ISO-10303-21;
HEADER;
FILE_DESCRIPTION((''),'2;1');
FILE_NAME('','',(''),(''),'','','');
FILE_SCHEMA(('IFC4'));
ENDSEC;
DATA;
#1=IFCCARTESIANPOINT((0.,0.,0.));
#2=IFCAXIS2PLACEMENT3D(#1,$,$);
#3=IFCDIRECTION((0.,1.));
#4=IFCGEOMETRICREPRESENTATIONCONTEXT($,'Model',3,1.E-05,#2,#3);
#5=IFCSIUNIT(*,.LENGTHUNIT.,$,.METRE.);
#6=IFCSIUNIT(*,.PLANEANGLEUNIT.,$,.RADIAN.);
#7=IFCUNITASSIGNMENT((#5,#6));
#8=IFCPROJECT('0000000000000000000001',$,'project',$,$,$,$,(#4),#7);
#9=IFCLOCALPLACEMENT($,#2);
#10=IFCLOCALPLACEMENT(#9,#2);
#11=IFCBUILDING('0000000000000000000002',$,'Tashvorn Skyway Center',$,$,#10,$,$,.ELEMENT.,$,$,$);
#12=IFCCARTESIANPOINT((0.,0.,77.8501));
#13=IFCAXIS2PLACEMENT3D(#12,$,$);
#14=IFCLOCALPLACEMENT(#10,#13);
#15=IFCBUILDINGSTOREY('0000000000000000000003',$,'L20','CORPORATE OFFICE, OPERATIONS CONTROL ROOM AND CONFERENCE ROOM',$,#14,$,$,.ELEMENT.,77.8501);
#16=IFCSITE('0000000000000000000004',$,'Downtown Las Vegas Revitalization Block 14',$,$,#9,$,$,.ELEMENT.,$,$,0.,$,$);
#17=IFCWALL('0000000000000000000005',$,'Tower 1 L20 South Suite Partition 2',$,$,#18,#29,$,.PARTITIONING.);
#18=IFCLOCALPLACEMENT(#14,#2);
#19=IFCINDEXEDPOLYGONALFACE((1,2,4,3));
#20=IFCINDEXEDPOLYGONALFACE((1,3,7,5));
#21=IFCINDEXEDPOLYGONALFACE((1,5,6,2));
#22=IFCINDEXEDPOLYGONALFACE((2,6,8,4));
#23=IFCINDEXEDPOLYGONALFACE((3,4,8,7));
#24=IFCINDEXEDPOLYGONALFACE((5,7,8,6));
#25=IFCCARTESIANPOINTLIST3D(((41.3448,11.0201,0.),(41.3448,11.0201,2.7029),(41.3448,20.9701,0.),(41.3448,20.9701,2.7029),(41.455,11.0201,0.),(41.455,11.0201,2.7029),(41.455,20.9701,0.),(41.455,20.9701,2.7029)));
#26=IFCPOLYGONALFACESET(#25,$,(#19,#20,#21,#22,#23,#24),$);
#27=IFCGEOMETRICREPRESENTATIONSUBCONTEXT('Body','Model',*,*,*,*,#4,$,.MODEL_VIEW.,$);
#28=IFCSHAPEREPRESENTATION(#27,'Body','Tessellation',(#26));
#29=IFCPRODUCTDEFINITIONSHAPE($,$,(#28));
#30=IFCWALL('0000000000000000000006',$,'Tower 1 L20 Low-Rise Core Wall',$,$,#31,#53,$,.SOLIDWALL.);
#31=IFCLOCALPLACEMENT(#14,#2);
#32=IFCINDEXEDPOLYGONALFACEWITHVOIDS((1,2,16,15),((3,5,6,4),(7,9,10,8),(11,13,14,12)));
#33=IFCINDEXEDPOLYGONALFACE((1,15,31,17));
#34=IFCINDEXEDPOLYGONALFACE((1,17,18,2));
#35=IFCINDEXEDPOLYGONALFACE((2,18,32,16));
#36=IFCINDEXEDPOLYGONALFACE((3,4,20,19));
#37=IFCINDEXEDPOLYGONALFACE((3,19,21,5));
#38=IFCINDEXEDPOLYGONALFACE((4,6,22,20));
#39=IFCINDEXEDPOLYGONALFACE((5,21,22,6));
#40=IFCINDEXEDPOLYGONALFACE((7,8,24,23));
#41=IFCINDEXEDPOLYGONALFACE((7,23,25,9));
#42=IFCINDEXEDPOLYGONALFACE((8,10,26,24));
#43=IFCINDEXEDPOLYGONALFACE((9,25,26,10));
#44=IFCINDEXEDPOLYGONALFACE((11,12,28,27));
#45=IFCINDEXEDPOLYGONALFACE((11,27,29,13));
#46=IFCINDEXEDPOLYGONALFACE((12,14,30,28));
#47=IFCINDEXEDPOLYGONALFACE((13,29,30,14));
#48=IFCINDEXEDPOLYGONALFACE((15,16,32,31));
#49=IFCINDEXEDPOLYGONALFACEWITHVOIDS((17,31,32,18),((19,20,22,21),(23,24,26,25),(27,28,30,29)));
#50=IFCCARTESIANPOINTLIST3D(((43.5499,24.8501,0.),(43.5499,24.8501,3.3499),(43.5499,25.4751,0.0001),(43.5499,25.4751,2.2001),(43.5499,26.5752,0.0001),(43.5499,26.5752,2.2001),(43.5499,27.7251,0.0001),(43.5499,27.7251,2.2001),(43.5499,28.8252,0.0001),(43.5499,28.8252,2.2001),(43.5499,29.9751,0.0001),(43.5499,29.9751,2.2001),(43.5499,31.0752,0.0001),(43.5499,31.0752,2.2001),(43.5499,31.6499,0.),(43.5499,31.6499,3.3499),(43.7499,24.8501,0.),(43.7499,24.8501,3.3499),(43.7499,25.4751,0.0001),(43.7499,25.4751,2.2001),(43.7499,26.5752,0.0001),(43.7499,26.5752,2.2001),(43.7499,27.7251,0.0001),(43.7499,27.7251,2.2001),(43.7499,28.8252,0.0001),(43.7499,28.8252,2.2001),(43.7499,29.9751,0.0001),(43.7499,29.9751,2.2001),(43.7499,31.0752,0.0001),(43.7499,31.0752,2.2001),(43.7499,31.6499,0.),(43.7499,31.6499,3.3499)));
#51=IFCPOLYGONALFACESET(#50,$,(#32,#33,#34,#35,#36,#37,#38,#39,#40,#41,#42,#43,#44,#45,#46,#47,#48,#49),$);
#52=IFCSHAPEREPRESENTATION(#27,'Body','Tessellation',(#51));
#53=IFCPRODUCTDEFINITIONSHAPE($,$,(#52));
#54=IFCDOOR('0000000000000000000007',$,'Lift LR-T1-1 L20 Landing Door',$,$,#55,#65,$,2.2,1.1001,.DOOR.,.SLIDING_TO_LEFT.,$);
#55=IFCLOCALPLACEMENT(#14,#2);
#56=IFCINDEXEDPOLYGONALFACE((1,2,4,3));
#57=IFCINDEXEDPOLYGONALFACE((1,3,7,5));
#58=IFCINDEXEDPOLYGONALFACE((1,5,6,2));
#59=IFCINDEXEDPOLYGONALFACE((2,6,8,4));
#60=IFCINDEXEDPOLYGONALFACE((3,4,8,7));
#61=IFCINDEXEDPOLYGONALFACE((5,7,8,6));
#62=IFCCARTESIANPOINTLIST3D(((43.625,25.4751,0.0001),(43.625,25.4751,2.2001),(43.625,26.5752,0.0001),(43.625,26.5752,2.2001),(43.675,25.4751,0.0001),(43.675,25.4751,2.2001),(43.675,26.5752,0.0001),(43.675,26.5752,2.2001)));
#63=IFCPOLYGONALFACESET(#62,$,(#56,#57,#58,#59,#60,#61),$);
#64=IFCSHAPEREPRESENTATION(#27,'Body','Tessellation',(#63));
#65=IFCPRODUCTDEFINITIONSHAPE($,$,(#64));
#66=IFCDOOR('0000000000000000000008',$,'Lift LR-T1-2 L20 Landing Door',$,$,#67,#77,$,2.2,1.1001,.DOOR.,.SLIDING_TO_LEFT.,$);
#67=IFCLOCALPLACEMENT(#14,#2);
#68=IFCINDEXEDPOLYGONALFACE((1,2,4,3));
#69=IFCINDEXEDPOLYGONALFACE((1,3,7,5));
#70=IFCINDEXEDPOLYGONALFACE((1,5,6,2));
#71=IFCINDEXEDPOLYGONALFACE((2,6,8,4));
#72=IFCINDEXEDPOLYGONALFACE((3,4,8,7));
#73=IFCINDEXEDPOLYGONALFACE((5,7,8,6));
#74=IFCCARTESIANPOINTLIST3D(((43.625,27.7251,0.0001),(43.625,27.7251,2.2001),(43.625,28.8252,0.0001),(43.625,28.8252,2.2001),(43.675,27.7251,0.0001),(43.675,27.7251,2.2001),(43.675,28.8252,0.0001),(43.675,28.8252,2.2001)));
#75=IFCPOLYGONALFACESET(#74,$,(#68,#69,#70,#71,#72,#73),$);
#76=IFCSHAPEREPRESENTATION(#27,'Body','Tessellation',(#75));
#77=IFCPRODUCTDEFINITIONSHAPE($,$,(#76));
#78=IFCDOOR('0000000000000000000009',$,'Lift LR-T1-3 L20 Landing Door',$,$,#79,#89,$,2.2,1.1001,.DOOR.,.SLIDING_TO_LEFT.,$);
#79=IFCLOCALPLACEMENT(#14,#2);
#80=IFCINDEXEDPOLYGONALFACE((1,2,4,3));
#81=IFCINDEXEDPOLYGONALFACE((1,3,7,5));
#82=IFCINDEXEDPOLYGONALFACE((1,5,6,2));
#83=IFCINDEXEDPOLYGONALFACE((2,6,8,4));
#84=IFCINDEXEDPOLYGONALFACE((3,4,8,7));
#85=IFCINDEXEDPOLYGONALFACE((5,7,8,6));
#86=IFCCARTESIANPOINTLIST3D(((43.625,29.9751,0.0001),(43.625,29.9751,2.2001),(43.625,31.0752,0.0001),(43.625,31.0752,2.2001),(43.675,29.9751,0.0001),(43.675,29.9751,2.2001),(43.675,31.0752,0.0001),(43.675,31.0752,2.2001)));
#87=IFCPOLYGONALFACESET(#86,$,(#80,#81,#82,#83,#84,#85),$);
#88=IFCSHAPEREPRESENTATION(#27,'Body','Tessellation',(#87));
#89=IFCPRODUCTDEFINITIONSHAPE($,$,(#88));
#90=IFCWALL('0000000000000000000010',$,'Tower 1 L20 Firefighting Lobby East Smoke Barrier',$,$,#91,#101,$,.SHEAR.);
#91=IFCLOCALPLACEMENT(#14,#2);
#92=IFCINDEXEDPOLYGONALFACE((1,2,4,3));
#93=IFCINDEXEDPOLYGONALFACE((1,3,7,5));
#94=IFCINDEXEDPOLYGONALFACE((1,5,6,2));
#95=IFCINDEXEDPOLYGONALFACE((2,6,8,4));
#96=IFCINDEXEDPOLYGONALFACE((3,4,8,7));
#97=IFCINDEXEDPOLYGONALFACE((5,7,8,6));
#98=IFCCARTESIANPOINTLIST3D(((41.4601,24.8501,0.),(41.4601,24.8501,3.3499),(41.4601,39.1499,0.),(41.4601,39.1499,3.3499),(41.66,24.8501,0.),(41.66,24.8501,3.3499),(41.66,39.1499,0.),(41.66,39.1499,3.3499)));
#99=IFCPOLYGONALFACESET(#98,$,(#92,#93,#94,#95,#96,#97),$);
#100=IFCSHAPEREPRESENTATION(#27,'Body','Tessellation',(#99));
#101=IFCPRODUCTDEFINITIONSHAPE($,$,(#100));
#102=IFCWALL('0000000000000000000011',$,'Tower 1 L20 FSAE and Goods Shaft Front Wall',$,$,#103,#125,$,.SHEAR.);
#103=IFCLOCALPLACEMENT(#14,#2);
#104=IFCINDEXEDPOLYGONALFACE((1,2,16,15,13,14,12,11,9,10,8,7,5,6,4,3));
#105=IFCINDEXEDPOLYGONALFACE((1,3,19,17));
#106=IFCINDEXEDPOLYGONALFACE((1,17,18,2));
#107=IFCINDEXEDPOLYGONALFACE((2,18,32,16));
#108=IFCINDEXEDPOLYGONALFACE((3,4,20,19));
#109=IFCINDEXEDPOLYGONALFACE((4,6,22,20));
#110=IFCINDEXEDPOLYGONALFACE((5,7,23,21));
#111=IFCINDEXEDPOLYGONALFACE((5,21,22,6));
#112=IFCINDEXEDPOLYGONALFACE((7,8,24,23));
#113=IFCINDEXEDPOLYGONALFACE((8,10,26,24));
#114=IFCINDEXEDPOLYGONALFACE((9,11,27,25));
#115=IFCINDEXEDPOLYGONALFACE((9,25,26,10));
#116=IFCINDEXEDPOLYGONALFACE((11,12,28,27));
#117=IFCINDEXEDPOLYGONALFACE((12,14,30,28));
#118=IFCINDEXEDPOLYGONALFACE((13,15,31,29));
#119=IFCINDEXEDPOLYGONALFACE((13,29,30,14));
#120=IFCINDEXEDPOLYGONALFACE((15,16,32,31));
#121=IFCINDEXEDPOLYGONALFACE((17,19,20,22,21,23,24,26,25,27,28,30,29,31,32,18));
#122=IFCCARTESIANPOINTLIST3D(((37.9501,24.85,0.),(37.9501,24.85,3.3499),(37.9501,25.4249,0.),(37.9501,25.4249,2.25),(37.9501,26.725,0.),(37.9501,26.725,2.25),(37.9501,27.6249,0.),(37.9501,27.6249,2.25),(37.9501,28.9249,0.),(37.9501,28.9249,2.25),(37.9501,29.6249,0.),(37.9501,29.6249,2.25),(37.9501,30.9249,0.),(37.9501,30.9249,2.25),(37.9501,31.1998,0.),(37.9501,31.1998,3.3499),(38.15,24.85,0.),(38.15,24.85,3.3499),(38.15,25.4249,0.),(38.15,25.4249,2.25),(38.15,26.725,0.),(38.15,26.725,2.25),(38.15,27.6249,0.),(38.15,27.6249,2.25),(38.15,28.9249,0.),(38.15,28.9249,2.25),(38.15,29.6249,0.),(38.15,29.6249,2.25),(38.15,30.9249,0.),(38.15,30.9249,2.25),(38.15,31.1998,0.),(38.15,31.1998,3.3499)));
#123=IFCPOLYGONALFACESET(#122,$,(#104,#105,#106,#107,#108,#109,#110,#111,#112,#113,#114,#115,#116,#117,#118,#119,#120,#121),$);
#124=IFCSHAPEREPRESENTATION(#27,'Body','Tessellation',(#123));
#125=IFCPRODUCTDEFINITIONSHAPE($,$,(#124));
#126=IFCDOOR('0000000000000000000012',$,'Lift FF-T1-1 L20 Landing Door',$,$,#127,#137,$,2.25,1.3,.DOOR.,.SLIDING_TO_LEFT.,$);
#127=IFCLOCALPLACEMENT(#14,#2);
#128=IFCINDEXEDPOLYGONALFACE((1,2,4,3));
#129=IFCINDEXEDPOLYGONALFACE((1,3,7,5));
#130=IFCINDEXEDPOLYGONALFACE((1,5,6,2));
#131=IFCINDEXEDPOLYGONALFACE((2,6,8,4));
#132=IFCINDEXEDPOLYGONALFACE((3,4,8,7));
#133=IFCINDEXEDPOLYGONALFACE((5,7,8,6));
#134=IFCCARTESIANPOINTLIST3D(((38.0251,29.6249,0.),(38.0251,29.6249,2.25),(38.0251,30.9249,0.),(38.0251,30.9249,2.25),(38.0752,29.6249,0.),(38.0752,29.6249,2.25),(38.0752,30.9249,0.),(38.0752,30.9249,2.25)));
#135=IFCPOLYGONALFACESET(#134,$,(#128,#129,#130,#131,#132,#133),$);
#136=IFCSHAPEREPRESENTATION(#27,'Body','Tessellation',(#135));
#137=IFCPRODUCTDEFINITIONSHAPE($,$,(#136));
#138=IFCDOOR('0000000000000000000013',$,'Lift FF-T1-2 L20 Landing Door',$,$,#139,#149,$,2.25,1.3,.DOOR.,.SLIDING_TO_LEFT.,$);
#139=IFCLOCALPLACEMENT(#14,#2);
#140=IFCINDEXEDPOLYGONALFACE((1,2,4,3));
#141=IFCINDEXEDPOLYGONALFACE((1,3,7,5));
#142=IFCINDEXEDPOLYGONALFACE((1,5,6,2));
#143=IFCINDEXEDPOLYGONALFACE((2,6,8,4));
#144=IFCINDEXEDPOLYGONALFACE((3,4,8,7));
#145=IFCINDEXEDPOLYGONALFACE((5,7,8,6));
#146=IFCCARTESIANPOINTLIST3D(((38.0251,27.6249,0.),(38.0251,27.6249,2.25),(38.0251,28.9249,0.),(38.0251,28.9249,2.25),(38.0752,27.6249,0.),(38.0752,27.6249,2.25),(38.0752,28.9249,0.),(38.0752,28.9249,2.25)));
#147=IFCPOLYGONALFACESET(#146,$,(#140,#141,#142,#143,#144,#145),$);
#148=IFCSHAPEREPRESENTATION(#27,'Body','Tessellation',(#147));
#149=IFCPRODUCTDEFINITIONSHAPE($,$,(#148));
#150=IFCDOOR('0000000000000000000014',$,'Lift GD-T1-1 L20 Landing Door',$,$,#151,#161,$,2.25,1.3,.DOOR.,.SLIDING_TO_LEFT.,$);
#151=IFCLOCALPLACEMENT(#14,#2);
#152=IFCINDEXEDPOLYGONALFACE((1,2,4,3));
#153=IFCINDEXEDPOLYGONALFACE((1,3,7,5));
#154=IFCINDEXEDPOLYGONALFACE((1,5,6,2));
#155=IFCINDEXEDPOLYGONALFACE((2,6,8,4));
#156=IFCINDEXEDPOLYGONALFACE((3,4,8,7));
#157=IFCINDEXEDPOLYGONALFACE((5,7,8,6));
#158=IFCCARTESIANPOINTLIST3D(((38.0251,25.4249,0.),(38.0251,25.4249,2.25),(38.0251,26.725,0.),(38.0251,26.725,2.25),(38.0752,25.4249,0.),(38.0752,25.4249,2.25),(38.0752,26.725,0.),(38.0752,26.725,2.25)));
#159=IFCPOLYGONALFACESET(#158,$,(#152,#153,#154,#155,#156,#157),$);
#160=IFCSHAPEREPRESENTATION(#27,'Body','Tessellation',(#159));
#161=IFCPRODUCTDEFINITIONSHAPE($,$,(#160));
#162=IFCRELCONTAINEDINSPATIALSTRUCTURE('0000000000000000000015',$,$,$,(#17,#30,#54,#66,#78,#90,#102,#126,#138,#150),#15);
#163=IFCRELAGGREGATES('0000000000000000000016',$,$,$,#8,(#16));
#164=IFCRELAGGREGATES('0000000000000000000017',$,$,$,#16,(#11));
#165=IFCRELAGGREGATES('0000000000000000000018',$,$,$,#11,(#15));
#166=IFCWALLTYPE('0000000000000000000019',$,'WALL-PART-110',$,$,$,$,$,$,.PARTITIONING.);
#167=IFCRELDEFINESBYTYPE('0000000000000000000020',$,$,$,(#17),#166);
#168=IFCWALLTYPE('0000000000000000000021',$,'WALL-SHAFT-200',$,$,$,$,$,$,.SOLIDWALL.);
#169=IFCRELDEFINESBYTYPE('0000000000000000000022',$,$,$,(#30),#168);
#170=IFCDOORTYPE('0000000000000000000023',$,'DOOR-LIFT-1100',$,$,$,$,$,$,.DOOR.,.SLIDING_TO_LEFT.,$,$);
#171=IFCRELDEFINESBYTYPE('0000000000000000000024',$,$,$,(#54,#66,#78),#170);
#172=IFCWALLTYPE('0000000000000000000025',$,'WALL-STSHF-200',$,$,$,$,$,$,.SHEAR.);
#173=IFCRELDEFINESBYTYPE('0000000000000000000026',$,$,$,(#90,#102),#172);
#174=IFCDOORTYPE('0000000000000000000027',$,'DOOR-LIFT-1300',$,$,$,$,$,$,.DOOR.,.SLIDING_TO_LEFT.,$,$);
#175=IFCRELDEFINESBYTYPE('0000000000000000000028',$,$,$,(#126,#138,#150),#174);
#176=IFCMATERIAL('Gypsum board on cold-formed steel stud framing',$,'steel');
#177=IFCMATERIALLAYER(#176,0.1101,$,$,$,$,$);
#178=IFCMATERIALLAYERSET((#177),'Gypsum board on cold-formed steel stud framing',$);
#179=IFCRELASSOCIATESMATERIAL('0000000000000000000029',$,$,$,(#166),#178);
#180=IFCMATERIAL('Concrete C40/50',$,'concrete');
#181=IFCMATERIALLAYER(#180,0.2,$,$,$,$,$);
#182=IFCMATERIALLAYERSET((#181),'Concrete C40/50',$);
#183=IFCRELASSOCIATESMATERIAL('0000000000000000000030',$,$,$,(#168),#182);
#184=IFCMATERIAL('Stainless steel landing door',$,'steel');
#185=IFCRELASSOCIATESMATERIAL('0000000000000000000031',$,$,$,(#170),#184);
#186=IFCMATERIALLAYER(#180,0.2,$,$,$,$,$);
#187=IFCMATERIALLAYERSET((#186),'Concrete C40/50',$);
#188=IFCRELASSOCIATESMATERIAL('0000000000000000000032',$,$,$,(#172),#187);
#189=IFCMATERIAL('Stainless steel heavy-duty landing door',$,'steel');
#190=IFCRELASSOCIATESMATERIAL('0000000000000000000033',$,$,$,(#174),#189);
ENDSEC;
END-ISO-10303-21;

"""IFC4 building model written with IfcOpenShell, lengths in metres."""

from ifc_helpers import new_model, si_unit, direction, frame, frame_2d, origin, place, context, subcontext, project, spatial, rectangle, extrude, material, layer, layer_set, type_object, element, fill, save


model = new_model("IFC4")

# Units and contexts
model_context = context("Model", 3, precision=1e-05, world=origin(), true_north=direction((0.0, 1.0)))
body_context = subcontext(model_context, "Body", "Model", "MODEL_VIEW")
ifc_project = project(units=[si_unit("LENGTHUNIT", "METRE"), si_unit("PLANEANGLEUNIT", "RADIAN")], contexts=[model_context])

# Site, building, storey
site_placement = place(None, origin())
site = spatial("IfcSite", under=ifc_project, at=site_placement, Name="Downtown Las Vegas Revitalization Block 14", CompositionType="ELEMENT", RefElevation=0.0)
building_placement = place(site_placement, origin())
building = spatial("IfcBuilding", under=site, at=building_placement, Name="Tashvorn Skyway Center", CompositionType="ELEMENT")
storey_placement = place(building_placement, frame((0.0, 0.0, 77.8501)))
storey = spatial("IfcBuildingStorey", under=building, at=storey_placement, Name="L20", Description="CORPORATE OFFICE, OPERATIONS CONTROL ROOM AND CONFERENCE ROOM", CompositionType="ELEMENT", Elevation=77.8501)

# Wall
ifc_material_1 = material(Name="Gypsum board on cold-formed steel stud framing", Category="steel")
ifc_layer_1 = layer(ifc_material_1, 0.1101)
ifc_layer_set_1 = layer_set([ifc_layer_1], Name="Gypsum board on cold-formed steel stud framing")
wall_type_1 = type_object("IfcWallType", Name="WALL-PART-110", PredefinedType="PARTITIONING", material=ifc_layer_set_1)
wall_1_placement = place(storey_placement, frame((41.3999, 11.02, 0.0), z_axis=(0.0, 0.0, 1.0), x_axis=(0.0, 1.0, 0.0)))
element("IfcWall", 1, at=wall_1_placement, inside=storey, type_object=wall_type_1, Name="Tower 1 L20 South Suite Partition 2", PredefinedType="PARTITIONING", context=body_context, shape_type="SweptSolid", body=[
    extrude(rectangle(XDim=9.95, YDim=0.1101, at=frame_2d((4.9751, 0.0))), origin(), (0.0, 0.0, 1.0), 2.7029),
])

# Wall, openings, doors
ifc_material_2 = material(Name="Concrete C40/50", Category="concrete")
ifc_layer_2 = layer(ifc_material_2, 0.2)
ifc_layer_set_2 = layer_set([ifc_layer_2], Name="Concrete C40/50")
wall_type_2 = type_object("IfcWallType", Name="WALL-SHAFT-200", PredefinedType="SOLIDWALL", material=ifc_layer_set_2)
wall_2_placement = place(storey_placement, frame((43.6499, 24.8501, 0.0), z_axis=(0.0, 0.0, 1.0), x_axis=(0.0, 1.0, 0.0)))
wall_2 = element("IfcWall", 2, at=wall_2_placement, inside=storey, type_object=wall_type_2, Name="Tower 1 L20 Low-Rise Core Wall", PredefinedType="SOLIDWALL", context=body_context, shape_type="SweptSolid", body=[
    extrude(rectangle(XDim=6.7998, YDim=0.2, at=frame_2d((3.3999, 0.0))), origin(), (0.0, 0.0, 1.0), 3.3499),
])
opening_1_placement = place(wall_2_placement, frame((0.625, 0.0, 0.0)))
opening_1 = element("IfcOpeningElement", 3, at=opening_1_placement, cuts=wall_2, PredefinedType="OPENING", context=body_context, shape_type="SweptSolid", body=[
    extrude(rectangle(XDim=1.1001, YDim=2.2, at=frame_2d((0.55, 1.1001))), frame((0.0, 0.1099, 0.0), z_axis=(0.0, -1.0, 0.0), x_axis=(1.0, 0.0, 0.0)), (0.0, 0.0, 1.0), 0.22),
])
opening_2_placement = place(wall_2_placement, frame((2.875, 0.0, 0.0)))
opening_2 = element("IfcOpeningElement", 4, at=opening_2_placement, cuts=wall_2, PredefinedType="OPENING", context=body_context, shape_type="SweptSolid", body=[
    extrude(rectangle(XDim=1.1001, YDim=2.2, at=frame_2d((0.55, 1.1001))), frame((0.0, 0.1099, 0.0), z_axis=(0.0, -1.0, 0.0), x_axis=(1.0, 0.0, 0.0)), (0.0, 0.0, 1.0), 0.22),
])
opening_3_placement = place(wall_2_placement, frame((5.125, 0.0, 0.0)))
opening_3 = element("IfcOpeningElement", 5, at=opening_3_placement, cuts=wall_2, PredefinedType="OPENING", context=body_context, shape_type="SweptSolid", body=[
    extrude(rectangle(XDim=1.1001, YDim=2.2, at=frame_2d((0.55, 1.1001))), frame((0.0, 0.1099, 0.0), z_axis=(0.0, -1.0, 0.0), x_axis=(1.0, 0.0, 0.0)), (0.0, 0.0, 1.0), 0.22),
])
ifc_material_3 = material(Name="Stainless steel landing door", Category="steel")
door_type_1 = type_object("IfcDoorType", Name="DOOR-LIFT-1100", OperationType="SLIDING_TO_LEFT", PredefinedType="DOOR", material=ifc_material_3)
door_1_placement = place(opening_1_placement, origin())
door_1 = element("IfcDoor", 6, at=door_1_placement, inside=storey, type_object=door_type_1, Name="Lift LR-T1-1 L20 Landing Door", OperationType="SLIDING_TO_LEFT", OverallHeight=2.2, OverallWidth=1.1001, PredefinedType="DOOR", context=body_context, shape_type="SweptSolid", body=[
    extrude(rectangle(XDim=1.1001, YDim=2.2, at=frame_2d((0.55, 1.1001))), frame((0.0, 0.0249, 0.0), z_axis=(0.0, -1.0, 0.0), x_axis=(1.0, 0.0, 0.0)), (0.0, 0.0, 1.0), 0.05),
])
fill(opening_1, door_1)
door_2_placement = place(opening_2_placement, origin())
door_2 = element("IfcDoor", 7, at=door_2_placement, inside=storey, type_object=door_type_1, Name="Lift LR-T1-2 L20 Landing Door", OperationType="SLIDING_TO_LEFT", OverallHeight=2.2, OverallWidth=1.1001, PredefinedType="DOOR", context=body_context, shape_type="SweptSolid", body=[
    extrude(rectangle(XDim=1.1001, YDim=2.2, at=frame_2d((0.55, 1.1001))), frame((0.0, 0.0249, 0.0), z_axis=(0.0, -1.0, 0.0), x_axis=(1.0, 0.0, 0.0)), (0.0, 0.0, 1.0), 0.05),
])
fill(opening_2, door_2)
door_3_placement = place(opening_3_placement, origin())
door_3 = element("IfcDoor", 8, at=door_3_placement, inside=storey, type_object=door_type_1, Name="Lift LR-T1-3 L20 Landing Door", OperationType="SLIDING_TO_LEFT", OverallHeight=2.2, OverallWidth=1.1001, PredefinedType="DOOR", context=body_context, shape_type="SweptSolid", body=[
    extrude(rectangle(XDim=1.1001, YDim=2.2, at=frame_2d((0.55, 1.1001))), frame((0.0, 0.0249, 0.0), z_axis=(0.0, -1.0, 0.0), x_axis=(1.0, 0.0, 0.0)), (0.0, 0.0, 1.0), 0.05),
])
fill(opening_3, door_3)

# Wall
ifc_layer_3 = layer(ifc_material_2, 0.2)
ifc_layer_set_3 = layer_set([ifc_layer_3], Name="Concrete C40/50")
wall_type_3 = type_object("IfcWallType", Name="WALL-STSHF-200", PredefinedType="SHEAR", material=ifc_layer_set_3)
wall_3_placement = place(storey_placement, frame((41.5601, 24.8501, 0.0), z_axis=(0.0, 0.0, 1.0), x_axis=(0.0, 1.0, 0.0)))
element("IfcWall", 9, at=wall_3_placement, inside=storey, type_object=wall_type_3, Name="Tower 1 L20 Firefighting Lobby East Smoke Barrier", PredefinedType="SHEAR", context=body_context, shape_type="SweptSolid", body=[
    extrude(rectangle(XDim=14.2998, YDim=0.2, at=frame_2d((7.1499, 0.0))), origin(), (0.0, 0.0, 1.0), 3.3499),
])

# Wall, openings, doors
wall_4_placement = place(storey_placement, frame((38.05, 24.8501, 0.0), z_axis=(0.0, 0.0, 1.0), x_axis=(0.0, 1.0, 0.0)))
wall_4 = element("IfcWall", 10, at=wall_4_placement, inside=storey, type_object=wall_type_3, Name="Tower 1 L20 FSAE and Goods Shaft Front Wall", PredefinedType="SHEAR", context=body_context, shape_type="SweptSolid", body=[
    extrude(rectangle(XDim=6.3499, YDim=0.2, at=frame_2d((3.1748, 0.0))), origin(), (0.0, 0.0, 1.0), 3.3499),
])
opening_4_placement = place(wall_4_placement, frame((4.7749, 0.0, 0.0)))
opening_4 = element("IfcOpeningElement", 11, at=opening_4_placement, cuts=wall_4, PredefinedType="OPENING", context=body_context, shape_type="SweptSolid", body=[
    extrude(rectangle(XDim=1.3, YDim=2.25, at=frame_2d((0.6499, 1.125))), frame((0.0, 0.1099, 0.0), z_axis=(0.0, -1.0, 0.0), x_axis=(1.0, 0.0, 0.0)), (0.0, 0.0, 1.0), 0.22),
])
opening_5_placement = place(wall_4_placement, frame((2.7749, 0.0, 0.0)))
opening_5 = element("IfcOpeningElement", 12, at=opening_5_placement, cuts=wall_4, PredefinedType="OPENING", context=body_context, shape_type="SweptSolid", body=[
    extrude(rectangle(XDim=1.3, YDim=2.25, at=frame_2d((0.6499, 1.125))), frame((0.0, 0.1099, 0.0), z_axis=(0.0, -1.0, 0.0), x_axis=(1.0, 0.0, 0.0)), (0.0, 0.0, 1.0), 0.22),
])
opening_6_placement = place(wall_4_placement, frame((0.575, 0.0, 0.0)))
opening_6 = element("IfcOpeningElement", 13, at=opening_6_placement, cuts=wall_4, PredefinedType="OPENING", context=body_context, shape_type="SweptSolid", body=[
    extrude(rectangle(XDim=1.3, YDim=2.25, at=frame_2d((0.6499, 1.125))), frame((0.0, 0.1099, 0.0), z_axis=(0.0, -1.0, 0.0), x_axis=(1.0, 0.0, 0.0)), (0.0, 0.0, 1.0), 0.22),
])
ifc_material_4 = material(Name="Stainless steel heavy-duty landing door", Category="steel")
door_type_2 = type_object("IfcDoorType", Name="DOOR-LIFT-1300", OperationType="SLIDING_TO_LEFT", PredefinedType="DOOR", material=ifc_material_4)
door_4_placement = place(opening_4_placement, origin())
door_4 = element("IfcDoor", 14, at=door_4_placement, inside=storey, type_object=door_type_2, Name="Lift FF-T1-1 L20 Landing Door", OperationType="SLIDING_TO_LEFT", OverallHeight=2.25, OverallWidth=1.3, PredefinedType="DOOR", context=body_context, shape_type="SweptSolid", body=[
    extrude(rectangle(XDim=1.3, YDim=2.25, at=frame_2d((0.6499, 1.125))), frame((0.0, 0.0249, 0.0), z_axis=(0.0, -1.0, 0.0), x_axis=(1.0, 0.0, 0.0)), (0.0, 0.0, 1.0), 0.05),
])
fill(opening_4, door_4)
door_5_placement = place(opening_5_placement, origin())
door_5 = element("IfcDoor", 15, at=door_5_placement, inside=storey, type_object=door_type_2, Name="Lift FF-T1-2 L20 Landing Door", OperationType="SLIDING_TO_LEFT", OverallHeight=2.25, OverallWidth=1.3, PredefinedType="DOOR", context=body_context, shape_type="SweptSolid", body=[
    extrude(rectangle(XDim=1.3, YDim=2.25, at=frame_2d((0.6499, 1.125))), frame((0.0, 0.0249, 0.0), z_axis=(0.0, -1.0, 0.0), x_axis=(1.0, 0.0, 0.0)), (0.0, 0.0, 1.0), 0.05),
])
fill(opening_5, door_5)
door_6_placement = place(opening_6_placement, origin())
door_6 = element("IfcDoor", 16, at=door_6_placement, inside=storey, type_object=door_type_2, Name="Lift GD-T1-1 L20 Landing Door", OperationType="SLIDING_TO_LEFT", OverallHeight=2.25, OverallWidth=1.3, PredefinedType="DOOR", context=body_context, shape_type="SweptSolid", body=[
    extrude(rectangle(XDim=1.3, YDim=2.25, at=frame_2d((0.6499, 1.125))), frame((0.0, 0.0249, 0.0), z_axis=(0.0, -1.0, 0.0), x_axis=(1.0, 0.0, 0.0)), (0.0, 0.0, 1.0), 0.05),
])
fill(opening_6, door_6)

save(model, "model.ifc")
